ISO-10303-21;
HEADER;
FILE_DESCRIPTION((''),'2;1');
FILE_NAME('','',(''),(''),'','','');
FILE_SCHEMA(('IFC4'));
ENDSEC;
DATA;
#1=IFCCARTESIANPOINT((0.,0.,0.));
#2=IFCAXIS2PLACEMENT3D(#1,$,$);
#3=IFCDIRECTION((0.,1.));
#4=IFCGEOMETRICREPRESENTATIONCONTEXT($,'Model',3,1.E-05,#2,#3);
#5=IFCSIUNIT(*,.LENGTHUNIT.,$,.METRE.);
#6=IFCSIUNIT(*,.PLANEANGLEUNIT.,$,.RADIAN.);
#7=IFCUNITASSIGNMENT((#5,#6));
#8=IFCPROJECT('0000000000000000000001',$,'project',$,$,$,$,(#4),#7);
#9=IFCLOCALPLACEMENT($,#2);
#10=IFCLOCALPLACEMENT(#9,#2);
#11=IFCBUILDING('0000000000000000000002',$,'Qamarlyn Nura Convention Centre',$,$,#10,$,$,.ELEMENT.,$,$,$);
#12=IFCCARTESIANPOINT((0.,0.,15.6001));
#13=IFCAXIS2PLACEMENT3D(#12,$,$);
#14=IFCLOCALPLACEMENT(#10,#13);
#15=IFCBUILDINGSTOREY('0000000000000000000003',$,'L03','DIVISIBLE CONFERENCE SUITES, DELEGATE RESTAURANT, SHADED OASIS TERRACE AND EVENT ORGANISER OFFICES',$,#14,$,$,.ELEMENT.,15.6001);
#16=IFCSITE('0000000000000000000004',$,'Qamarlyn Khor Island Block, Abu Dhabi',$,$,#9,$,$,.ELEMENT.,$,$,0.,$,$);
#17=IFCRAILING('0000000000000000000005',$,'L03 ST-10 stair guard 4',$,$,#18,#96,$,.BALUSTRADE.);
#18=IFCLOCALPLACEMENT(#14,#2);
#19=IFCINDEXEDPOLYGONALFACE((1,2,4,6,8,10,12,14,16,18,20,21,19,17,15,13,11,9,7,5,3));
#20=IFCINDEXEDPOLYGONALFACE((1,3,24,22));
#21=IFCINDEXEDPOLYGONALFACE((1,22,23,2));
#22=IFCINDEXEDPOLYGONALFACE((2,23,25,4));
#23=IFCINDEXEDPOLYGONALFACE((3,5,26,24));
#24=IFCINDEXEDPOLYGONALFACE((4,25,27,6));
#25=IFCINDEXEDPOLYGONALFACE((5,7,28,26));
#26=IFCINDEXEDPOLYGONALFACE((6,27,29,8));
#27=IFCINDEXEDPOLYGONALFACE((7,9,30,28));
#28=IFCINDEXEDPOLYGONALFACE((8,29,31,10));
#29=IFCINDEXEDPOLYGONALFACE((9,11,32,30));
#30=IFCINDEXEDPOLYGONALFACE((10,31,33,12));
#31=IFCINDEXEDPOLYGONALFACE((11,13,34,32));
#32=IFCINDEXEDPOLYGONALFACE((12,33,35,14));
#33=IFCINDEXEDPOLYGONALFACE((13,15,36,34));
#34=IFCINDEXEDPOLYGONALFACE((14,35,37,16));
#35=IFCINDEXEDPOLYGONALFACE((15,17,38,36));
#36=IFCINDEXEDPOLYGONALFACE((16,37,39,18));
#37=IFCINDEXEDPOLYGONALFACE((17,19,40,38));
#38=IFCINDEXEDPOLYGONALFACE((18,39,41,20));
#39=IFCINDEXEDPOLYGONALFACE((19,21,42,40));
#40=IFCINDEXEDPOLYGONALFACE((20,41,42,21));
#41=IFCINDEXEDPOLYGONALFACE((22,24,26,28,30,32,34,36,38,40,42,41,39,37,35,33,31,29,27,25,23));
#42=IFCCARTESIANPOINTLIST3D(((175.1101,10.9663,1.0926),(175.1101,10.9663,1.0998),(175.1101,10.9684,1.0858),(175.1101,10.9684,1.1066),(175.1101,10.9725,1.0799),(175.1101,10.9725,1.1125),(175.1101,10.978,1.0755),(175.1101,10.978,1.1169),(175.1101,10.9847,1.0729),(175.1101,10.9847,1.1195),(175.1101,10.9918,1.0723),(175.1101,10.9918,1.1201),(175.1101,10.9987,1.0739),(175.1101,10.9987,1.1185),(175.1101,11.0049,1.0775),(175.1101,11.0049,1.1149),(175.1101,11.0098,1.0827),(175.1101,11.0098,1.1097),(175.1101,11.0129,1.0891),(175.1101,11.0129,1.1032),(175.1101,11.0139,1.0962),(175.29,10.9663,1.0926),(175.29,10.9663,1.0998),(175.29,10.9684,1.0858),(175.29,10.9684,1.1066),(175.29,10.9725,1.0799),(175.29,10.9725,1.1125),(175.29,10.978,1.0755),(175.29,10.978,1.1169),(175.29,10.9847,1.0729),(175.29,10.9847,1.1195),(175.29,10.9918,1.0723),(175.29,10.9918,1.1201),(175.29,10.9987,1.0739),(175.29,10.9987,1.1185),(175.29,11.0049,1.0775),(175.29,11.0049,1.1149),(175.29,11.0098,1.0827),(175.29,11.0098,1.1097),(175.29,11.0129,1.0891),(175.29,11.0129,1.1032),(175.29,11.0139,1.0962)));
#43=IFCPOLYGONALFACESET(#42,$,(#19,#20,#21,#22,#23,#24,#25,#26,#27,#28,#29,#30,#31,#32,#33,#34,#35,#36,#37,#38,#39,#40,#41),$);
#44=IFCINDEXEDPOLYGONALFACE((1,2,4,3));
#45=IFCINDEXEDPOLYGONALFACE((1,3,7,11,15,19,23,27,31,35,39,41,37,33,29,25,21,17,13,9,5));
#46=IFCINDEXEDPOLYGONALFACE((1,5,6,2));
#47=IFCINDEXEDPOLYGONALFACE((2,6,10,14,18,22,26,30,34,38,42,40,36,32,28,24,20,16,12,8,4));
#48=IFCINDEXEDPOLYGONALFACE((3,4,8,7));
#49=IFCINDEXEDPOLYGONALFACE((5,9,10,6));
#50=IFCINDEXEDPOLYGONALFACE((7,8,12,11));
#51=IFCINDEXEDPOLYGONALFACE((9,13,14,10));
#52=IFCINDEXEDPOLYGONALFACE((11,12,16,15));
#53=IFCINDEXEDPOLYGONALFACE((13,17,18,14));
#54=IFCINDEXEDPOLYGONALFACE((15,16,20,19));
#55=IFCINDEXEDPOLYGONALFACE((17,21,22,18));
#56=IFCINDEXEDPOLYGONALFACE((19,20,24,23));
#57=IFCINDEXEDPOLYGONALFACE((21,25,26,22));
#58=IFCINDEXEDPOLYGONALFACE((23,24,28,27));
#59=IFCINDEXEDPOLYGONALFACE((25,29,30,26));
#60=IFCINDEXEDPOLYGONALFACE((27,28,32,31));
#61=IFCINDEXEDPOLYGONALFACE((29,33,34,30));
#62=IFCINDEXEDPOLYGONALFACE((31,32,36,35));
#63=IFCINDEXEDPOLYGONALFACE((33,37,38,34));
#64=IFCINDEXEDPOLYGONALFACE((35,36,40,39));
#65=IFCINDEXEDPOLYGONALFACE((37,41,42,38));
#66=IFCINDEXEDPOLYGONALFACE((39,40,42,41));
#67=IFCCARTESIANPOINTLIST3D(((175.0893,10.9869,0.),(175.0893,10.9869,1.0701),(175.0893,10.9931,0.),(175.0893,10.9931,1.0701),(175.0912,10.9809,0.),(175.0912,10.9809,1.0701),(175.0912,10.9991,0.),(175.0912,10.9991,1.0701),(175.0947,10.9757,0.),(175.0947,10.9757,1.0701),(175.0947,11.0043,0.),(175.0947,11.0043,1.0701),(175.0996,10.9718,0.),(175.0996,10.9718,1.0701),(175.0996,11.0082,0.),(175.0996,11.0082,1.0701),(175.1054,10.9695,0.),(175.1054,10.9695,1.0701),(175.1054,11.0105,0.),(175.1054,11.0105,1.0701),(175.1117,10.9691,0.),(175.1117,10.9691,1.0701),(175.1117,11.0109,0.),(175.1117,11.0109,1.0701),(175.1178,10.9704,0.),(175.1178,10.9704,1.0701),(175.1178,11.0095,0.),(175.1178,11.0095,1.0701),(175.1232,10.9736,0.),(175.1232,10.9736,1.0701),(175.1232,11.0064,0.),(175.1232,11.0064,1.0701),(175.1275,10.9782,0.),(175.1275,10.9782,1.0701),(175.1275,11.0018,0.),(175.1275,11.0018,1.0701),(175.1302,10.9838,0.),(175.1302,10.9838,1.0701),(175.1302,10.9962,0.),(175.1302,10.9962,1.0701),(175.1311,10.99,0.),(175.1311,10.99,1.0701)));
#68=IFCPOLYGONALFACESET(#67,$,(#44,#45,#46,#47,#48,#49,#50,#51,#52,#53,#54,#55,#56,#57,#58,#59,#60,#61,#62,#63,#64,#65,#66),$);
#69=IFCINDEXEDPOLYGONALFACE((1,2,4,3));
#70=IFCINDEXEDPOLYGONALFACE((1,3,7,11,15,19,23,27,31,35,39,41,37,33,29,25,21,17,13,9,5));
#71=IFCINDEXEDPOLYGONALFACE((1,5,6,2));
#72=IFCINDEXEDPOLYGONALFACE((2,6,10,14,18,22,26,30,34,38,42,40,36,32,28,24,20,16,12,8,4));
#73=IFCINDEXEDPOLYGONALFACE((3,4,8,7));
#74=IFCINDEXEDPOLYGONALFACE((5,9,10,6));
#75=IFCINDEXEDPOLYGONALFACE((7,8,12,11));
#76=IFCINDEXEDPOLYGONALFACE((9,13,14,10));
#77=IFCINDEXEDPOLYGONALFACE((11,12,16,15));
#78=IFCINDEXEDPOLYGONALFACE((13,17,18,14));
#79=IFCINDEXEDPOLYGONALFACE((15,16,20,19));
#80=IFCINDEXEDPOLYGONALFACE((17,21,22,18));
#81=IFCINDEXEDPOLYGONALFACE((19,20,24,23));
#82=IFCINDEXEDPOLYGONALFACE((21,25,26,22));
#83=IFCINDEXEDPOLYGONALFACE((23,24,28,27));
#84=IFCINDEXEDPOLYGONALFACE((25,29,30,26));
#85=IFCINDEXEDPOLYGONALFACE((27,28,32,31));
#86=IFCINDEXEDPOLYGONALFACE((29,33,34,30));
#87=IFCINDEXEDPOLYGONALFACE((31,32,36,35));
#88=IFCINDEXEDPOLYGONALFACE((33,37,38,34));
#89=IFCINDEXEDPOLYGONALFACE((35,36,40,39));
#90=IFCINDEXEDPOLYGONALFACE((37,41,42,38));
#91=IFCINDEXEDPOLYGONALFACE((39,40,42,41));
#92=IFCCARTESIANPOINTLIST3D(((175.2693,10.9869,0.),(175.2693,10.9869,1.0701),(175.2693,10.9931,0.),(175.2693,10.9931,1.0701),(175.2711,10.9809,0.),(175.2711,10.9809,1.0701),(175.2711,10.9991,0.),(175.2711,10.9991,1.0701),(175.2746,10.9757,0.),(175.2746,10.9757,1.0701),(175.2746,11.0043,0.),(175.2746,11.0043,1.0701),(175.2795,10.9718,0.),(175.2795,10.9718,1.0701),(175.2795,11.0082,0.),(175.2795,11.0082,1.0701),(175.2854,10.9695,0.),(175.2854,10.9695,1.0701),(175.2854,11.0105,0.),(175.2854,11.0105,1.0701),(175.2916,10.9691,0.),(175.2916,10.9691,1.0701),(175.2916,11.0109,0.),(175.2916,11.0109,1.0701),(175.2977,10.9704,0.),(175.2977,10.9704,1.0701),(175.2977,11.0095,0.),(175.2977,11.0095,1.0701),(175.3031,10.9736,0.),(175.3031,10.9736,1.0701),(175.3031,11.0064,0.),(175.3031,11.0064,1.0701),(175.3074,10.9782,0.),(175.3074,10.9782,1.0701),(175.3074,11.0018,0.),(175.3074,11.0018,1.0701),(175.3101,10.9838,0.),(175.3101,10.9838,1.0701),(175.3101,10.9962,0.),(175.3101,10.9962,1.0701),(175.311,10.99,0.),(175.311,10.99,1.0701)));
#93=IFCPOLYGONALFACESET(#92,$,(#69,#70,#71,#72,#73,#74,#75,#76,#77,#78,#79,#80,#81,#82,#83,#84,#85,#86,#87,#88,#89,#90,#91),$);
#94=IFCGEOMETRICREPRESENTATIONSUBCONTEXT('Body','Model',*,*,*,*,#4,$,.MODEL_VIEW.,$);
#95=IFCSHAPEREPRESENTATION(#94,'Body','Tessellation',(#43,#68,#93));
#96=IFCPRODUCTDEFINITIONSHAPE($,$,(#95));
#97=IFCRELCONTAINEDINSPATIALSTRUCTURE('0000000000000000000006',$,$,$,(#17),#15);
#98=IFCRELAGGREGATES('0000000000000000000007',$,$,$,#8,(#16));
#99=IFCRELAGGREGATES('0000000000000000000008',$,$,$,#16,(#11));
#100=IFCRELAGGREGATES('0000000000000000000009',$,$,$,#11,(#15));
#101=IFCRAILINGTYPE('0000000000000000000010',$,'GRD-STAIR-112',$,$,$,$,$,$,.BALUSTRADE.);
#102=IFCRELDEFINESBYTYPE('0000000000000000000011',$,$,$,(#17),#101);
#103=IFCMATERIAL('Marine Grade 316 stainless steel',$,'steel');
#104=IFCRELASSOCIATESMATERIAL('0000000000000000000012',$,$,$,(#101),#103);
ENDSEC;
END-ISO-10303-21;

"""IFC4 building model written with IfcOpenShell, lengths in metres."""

from ifc_helpers import new_model, si_unit, direction, frame, origin, origin_2d, place, context, subcontext, project, spatial, circle, extrude, material, type_object, element, save


model = new_model("IFC4")

# Units and contexts
model_context = context("Model", 3, precision=1e-05, world=origin(), true_north=direction((0.0, 1.0)))
body_context = subcontext(model_context, "Body", "Model", "MODEL_VIEW")
ifc_project = project(units=[si_unit("LENGTHUNIT", "METRE"), si_unit("PLANEANGLEUNIT", "RADIAN")], contexts=[model_context])

# Site, building, storey
site_placement = place(None, origin())
site = spatial("IfcSite", under=ifc_project, at=site_placement, Name="Qamarlyn Khor Island Block, Abu Dhabi", CompositionType="ELEMENT", RefElevation=0.0)
building_placement = place(site_placement, origin())
building = spatial("IfcBuilding", under=site, at=building_placement, Name="Qamarlyn Nura Convention Centre", CompositionType="ELEMENT")
storey_placement = place(building_placement, frame((0.0, 0.0, 15.6001)))
storey = spatial("IfcBuildingStorey", under=building, at=storey_placement, Name="L03", Description="DIVISIBLE CONFERENCE SUITES, DELEGATE RESTAURANT, SHADED OASIS TERRACE AND EVENT ORGANISER OFFICES", CompositionType="ELEMENT", Elevation=15.6001)

# Railing
ifc_material_1 = material(Name="Marine Grade 316 stainless steel", Category="steel")
railing_type_1 = type_object("IfcRailingType", Name="GRD-STAIR-112", PredefinedType="BALUSTRADE", material=ifc_material_1)
railing_1_placement = place(storey_placement, frame((175.1101, 10.99, 0.0)))
element("IfcRailing", 1, at=railing_1_placement, inside=storey, type_object=railing_type_1, Name="L03 ST-10 stair guard 4", PredefinedType="BALUSTRADE", context=body_context, shape_type="SweptSolid", body=[
    extrude(circle(Radius=0.0239, at=origin_2d()), frame((0.0, 0.0, 1.0962), z_axis=(1.0, 0.0, 0.0), x_axis=(0.0, 1.0, 0.0)), (0.0, 0.0, 1.0), 0.1799),
    extrude(circle(Radius=0.021, at=origin_2d()), origin(), (0.0, 0.0, 1.0), 1.0701),
    extrude(circle(Radius=0.021, at=origin_2d()), frame((0.1799, 0.0, 0.0)), (0.0, 0.0, 1.0), 1.0701),
])

save(model, "model.ifc")
